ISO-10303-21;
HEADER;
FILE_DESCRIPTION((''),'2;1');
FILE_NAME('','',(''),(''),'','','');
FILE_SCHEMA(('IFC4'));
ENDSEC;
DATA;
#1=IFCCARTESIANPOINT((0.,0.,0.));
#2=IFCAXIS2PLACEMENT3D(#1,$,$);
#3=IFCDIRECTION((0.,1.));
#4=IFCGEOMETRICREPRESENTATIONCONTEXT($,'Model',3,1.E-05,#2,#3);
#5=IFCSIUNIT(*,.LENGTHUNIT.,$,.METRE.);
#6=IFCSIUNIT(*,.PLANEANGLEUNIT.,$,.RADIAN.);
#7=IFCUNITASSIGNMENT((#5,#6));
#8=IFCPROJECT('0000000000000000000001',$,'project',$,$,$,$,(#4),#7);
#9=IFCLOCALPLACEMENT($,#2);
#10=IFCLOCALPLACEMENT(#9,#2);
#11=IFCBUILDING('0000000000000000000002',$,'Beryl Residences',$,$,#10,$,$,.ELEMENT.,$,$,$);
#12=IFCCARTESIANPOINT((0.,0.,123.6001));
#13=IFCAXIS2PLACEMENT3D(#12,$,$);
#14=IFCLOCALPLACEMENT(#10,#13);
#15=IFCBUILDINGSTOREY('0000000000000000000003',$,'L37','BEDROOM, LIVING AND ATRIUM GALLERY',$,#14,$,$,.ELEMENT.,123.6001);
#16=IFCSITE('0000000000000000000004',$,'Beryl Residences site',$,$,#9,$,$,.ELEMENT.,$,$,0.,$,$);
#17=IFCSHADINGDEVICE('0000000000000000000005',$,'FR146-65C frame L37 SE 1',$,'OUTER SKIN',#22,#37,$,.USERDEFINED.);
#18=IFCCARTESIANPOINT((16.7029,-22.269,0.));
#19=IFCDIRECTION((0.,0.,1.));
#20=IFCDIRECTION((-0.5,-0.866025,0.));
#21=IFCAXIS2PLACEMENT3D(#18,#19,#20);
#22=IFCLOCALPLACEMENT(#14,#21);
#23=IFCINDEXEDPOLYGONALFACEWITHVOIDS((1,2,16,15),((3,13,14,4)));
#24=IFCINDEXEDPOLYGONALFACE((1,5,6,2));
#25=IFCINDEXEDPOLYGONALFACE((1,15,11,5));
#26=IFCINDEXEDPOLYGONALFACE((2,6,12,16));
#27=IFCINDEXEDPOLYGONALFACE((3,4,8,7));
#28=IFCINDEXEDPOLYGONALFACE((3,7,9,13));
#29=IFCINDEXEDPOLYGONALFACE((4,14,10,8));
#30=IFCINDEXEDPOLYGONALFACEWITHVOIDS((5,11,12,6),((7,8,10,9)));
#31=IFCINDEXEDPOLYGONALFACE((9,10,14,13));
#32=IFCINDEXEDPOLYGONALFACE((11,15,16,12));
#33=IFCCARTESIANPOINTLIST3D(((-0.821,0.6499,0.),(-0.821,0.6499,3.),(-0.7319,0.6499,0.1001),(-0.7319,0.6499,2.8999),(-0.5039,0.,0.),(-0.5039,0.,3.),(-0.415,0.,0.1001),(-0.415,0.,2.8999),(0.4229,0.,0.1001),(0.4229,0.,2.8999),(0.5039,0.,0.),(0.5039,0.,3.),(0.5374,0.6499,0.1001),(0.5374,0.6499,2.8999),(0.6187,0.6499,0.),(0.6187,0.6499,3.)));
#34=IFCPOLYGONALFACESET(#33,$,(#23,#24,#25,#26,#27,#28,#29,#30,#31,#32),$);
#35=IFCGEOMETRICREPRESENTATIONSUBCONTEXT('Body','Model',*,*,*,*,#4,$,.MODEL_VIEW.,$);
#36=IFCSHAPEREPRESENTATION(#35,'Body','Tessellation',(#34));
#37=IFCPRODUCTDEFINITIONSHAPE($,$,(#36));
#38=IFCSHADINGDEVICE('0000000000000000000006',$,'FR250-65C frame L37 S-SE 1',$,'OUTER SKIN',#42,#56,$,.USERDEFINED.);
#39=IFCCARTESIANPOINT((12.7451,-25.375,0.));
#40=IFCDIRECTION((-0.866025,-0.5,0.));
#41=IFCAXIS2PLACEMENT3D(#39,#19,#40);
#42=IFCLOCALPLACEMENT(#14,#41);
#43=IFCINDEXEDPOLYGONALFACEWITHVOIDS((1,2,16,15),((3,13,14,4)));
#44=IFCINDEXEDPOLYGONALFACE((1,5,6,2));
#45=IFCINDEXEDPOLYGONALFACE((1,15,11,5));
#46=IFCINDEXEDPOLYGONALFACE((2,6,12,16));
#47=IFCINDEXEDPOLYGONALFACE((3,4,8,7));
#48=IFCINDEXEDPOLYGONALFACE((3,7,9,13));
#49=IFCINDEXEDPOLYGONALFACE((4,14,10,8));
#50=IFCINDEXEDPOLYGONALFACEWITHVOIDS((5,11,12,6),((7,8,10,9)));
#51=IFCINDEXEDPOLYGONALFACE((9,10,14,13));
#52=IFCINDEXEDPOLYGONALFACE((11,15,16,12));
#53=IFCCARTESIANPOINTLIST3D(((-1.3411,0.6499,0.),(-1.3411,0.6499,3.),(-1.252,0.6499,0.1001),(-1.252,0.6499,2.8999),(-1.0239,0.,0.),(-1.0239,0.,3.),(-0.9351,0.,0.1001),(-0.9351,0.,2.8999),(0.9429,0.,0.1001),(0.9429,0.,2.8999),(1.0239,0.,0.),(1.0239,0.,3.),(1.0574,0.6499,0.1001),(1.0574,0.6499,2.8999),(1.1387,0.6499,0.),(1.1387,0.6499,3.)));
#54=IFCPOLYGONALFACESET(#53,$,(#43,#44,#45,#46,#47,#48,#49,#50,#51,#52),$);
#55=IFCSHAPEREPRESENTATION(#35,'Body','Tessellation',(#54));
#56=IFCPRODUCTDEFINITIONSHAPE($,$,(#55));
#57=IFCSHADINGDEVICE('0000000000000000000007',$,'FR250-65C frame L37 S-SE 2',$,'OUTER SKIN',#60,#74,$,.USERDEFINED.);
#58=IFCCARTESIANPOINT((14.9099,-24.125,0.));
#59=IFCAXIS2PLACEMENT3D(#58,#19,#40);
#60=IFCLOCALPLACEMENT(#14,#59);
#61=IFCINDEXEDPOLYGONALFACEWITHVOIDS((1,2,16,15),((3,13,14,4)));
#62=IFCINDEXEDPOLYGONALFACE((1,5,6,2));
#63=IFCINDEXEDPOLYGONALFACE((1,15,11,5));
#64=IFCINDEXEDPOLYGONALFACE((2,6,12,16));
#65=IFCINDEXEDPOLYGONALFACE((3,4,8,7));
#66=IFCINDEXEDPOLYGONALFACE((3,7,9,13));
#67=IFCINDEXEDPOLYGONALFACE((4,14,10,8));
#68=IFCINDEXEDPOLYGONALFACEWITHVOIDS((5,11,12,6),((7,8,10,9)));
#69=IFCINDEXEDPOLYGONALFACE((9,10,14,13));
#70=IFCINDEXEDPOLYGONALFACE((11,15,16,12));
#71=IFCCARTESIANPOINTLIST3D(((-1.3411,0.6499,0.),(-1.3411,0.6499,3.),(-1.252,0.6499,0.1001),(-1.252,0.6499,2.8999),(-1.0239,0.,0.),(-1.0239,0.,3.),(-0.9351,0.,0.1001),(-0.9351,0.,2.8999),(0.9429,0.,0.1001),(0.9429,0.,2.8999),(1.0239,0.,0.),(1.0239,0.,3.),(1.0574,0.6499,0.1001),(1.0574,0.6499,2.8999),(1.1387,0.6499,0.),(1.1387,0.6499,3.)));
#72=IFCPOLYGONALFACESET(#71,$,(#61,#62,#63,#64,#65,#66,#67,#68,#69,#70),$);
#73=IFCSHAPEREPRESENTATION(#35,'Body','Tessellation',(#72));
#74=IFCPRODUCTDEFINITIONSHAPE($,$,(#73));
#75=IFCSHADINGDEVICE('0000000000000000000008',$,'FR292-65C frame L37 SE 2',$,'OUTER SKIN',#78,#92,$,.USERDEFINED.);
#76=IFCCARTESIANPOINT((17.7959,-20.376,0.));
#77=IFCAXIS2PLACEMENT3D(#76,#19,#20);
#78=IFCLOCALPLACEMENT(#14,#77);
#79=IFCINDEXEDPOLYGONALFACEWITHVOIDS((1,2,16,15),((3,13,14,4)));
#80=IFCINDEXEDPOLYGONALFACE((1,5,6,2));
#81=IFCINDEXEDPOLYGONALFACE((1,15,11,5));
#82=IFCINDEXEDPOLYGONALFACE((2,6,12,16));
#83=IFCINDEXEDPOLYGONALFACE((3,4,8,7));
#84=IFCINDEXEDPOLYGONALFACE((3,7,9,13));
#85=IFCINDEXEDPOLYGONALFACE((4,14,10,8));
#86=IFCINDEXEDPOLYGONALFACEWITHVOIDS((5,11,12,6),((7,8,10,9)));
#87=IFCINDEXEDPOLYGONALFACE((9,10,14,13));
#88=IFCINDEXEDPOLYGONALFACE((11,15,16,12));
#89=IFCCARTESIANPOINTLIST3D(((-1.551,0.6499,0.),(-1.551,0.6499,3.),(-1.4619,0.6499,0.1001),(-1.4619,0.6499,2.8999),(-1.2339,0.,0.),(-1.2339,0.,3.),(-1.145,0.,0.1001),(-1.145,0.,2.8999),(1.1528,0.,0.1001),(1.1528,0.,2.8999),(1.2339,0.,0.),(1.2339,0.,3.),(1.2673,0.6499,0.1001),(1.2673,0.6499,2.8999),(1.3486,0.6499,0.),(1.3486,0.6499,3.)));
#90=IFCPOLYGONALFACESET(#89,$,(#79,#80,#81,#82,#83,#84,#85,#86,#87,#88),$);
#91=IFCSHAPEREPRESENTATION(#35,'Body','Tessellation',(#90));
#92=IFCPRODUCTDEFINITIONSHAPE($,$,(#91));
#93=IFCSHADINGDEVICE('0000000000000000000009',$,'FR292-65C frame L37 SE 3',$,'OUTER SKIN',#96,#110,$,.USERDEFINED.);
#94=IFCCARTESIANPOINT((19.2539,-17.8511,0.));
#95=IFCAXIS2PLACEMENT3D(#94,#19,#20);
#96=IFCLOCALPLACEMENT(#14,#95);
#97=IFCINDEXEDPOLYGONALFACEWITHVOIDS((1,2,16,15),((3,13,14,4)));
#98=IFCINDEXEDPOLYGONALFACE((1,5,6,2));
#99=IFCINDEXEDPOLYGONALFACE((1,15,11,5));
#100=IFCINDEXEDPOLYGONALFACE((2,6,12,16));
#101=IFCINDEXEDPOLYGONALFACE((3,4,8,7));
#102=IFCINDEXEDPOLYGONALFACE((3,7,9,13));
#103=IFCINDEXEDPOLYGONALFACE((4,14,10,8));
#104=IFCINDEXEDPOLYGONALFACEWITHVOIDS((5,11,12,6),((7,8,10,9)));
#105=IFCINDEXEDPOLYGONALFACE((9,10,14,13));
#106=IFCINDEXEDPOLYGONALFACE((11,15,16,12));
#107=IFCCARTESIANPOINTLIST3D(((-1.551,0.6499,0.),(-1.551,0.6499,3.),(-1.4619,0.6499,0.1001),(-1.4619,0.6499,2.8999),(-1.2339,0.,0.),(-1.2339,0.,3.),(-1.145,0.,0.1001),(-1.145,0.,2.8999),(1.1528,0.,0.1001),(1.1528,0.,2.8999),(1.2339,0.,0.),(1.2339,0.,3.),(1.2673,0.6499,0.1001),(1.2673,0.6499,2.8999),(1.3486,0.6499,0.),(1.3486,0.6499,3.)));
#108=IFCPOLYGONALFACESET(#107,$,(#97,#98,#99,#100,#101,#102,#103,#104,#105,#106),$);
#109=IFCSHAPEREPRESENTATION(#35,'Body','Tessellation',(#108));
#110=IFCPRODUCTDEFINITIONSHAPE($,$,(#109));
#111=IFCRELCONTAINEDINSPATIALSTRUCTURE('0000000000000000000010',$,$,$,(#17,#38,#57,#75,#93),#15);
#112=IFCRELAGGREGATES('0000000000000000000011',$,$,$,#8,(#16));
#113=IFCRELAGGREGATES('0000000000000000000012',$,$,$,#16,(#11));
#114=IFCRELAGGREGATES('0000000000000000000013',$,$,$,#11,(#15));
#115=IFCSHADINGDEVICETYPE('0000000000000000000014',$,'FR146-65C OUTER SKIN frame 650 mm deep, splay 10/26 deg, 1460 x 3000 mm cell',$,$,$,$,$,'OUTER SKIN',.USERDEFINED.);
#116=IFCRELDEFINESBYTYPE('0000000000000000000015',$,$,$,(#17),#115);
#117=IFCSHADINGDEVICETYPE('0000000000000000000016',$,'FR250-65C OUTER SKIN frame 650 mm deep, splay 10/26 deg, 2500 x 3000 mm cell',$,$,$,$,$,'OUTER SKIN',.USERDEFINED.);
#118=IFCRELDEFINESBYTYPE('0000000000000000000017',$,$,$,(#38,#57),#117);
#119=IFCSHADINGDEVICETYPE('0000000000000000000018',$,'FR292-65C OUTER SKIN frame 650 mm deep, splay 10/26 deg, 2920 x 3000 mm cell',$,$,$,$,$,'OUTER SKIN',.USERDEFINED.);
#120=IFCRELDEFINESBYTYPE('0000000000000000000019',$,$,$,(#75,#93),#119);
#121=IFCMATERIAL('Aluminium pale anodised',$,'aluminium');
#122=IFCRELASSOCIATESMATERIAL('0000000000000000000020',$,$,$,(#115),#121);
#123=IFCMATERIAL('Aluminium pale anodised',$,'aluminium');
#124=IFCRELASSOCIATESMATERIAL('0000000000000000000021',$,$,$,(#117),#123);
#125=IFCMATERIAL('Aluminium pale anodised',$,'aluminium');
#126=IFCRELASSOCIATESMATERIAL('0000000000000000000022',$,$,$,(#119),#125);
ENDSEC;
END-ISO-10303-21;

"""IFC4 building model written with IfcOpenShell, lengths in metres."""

from ifc_helpers import new_model, entity, si_unit, direction, frame, origin, place, context, subcontext, project, spatial, source, transform, mapped, material, type_object, type_shapes, element, save


model = new_model("IFC4")

# Units and contexts
model_context = context("Model", 3, precision=1e-05, world=origin(), true_north=direction((0.0, 1.0)))
body_context = subcontext(model_context, "Body", "Model", "MODEL_VIEW")
ifc_project = project(units=[si_unit("LENGTHUNIT", "METRE"), si_unit("PLANEANGLEUNIT", "RADIAN")], contexts=[model_context])

# Site, building, storey
site_placement = place(None, origin())
site = spatial("IfcSite", under=ifc_project, at=site_placement, Name="Beryl Residences site", CompositionType="ELEMENT", RefElevation=0.0)
building_placement = place(site_placement, origin())
building = spatial("IfcBuilding", under=site, at=building_placement, Name="Beryl Residences", CompositionType="ELEMENT")
storey_placement = place(building_placement, frame((0.0, 0.0, 123.6001)))
storey = spatial("IfcBuildingStorey", under=building, at=storey_placement, Name="L37", Description="BEDROOM, LIVING AND ATRIUM GALLERY", CompositionType="ELEMENT", Elevation=123.6001)

# Shading devices
ifc_material_1 = material(Name="Aluminium pale anodised", Category="aluminium")
shading_device_type_1 = type_object("IfcShadingDeviceType", Name="FR146-65C OUTER SKIN frame 650 mm deep, splay 10/26 deg, 1460 x 3000 mm cell", ElementType="OUTER SKIN", PredefinedType="USERDEFINED", material=ifc_material_1)
cartesian_point_1 = entity("IfcCartesianPoint", [-0.5039, 0.0])
cartesian_point_2 = entity("IfcCartesianPoint", [-0.4229, 0.1001])
cartesian_point_3 = entity("IfcCartesianPoint", [-0.6187, 0.0])
cartesian_point_4 = entity("IfcCartesianPoint", [-0.5374, 0.1001])
shared_shape_1 = source(origin(), body_context, "Body", "SweptSolid", [
    entity("IfcExtrudedAreaSolidTapered", entity("IfcArbitraryProfileDefWithVoids", "AREA", None, entity("IfcPolyline", [cartesian_point_1, entity("IfcCartesianPoint", [0.5039, 0.0]), entity("IfcCartesianPoint", [0.5039, 3.0]), entity("IfcCartesianPoint", [-0.5039, 3.0]), cartesian_point_1]), [entity("IfcPolyline", [cartesian_point_2, entity("IfcCartesianPoint", [0.415, 0.1001]), entity("IfcCartesianPoint", [0.415, 2.8999]), entity("IfcCartesianPoint", [-0.4229, 2.8999]), cartesian_point_2])]), entity("IfcAxis2Placement3D", entity("IfcCartesianPoint", [0.0, 0.0, 0.0]), entity("IfcDirection", [0.0, 1.0, 0.0]), entity("IfcDirection", [-1.0, 0.0, 0.0])), entity("IfcDirection", [0.0, 0.0, 1.0]), 0.6499, entity("IfcArbitraryProfileDefWithVoids", "AREA", None, entity("IfcPolyline", [cartesian_point_3, entity("IfcCartesianPoint", [0.821, 0.0]), entity("IfcCartesianPoint", [0.821, 3.0]), entity("IfcCartesianPoint", [-0.6187, 3.0]), cartesian_point_3]), [entity("IfcPolyline", [cartesian_point_4, entity("IfcCartesianPoint", [0.7319, 0.1001]), entity("IfcCartesianPoint", [0.7319, 2.8999]), entity("IfcCartesianPoint", [-0.5374, 2.8999]), cartesian_point_4])])),
])
type_shapes(shading_device_type_1, [shared_shape_1])
shading_device_placement = place(storey_placement, frame((16.7029, -22.269, 0.0), z_axis=(0.0, 0.0, 1.0), x_axis=(-0.5, -0.866025, 0.0)))
element("IfcShadingDevice", 1, at=shading_device_placement, inside=storey, type_object=shading_device_type_1, Name="FR146-65C frame L37 SE 1", ObjectType="OUTER SKIN", PredefinedType="USERDEFINED", context=body_context, shape_type="MappedRepresentation", body=[
    mapped(shared_shape_1, transform((0.0, 0.0, 0.0))),
])
ifc_material_2 = material(Name="Aluminium pale anodised", Category="aluminium")
shading_device_type_2 = type_object("IfcShadingDeviceType", Name="FR250-65C OUTER SKIN frame 650 mm deep, splay 10/26 deg, 2500 x 3000 mm cell", ElementType="OUTER SKIN", PredefinedType="USERDEFINED", material=ifc_material_2)
cartesian_point_5 = entity("IfcCartesianPoint", [-1.0239, 0.0])
cartesian_point_6 = entity("IfcCartesianPoint", [-0.9429, 0.1001])
cartesian_point_7 = entity("IfcCartesianPoint", [-1.1387, 0.0])
cartesian_point_8 = entity("IfcCartesianPoint", [-1.0574, 0.1001])
shared_shape_2 = source(origin(), body_context, "Body", "SweptSolid", [
    entity("IfcExtrudedAreaSolidTapered", entity("IfcArbitraryProfileDefWithVoids", "AREA", None, entity("IfcPolyline", [cartesian_point_5, entity("IfcCartesianPoint", [1.0239, 0.0]), entity("IfcCartesianPoint", [1.0239, 3.0]), entity("IfcCartesianPoint", [-1.0239, 3.0]), cartesian_point_5]), [entity("IfcPolyline", [cartesian_point_6, entity("IfcCartesianPoint", [0.9351, 0.1001]), entity("IfcCartesianPoint", [0.9351, 2.8999]), entity("IfcCartesianPoint", [-0.9429, 2.8999]), cartesian_point_6])]), entity("IfcAxis2Placement3D", entity("IfcCartesianPoint", [0.0, 0.0, 0.0]), entity("IfcDirection", [0.0, 1.0, 0.0]), entity("IfcDirection", [-1.0, 0.0, 0.0])), entity("IfcDirection", [0.0, 0.0, 1.0]), 0.6499, entity("IfcArbitraryProfileDefWithVoids", "AREA", None, entity("IfcPolyline", [cartesian_point_7, entity("IfcCartesianPoint", [1.3411, 0.0]), entity("IfcCartesianPoint", [1.3411, 3.0]), entity("IfcCartesianPoint", [-1.1387, 3.0]), cartesian_point_7]), [entity("IfcPolyline", [cartesian_point_8, entity("IfcCartesianPoint", [1.252, 0.1001]), entity("IfcCartesianPoint", [1.252, 2.8999]), entity("IfcCartesianPoint", [-1.0574, 2.8999]), cartesian_point_8])])),
])
type_shapes(shading_device_type_2, [shared_shape_2])
for number, where, z_axis, x_axis, name in (
    (2, (12.7451, -25.375, 0.0), (0.0, 0.0, 1.0), (-0.866025, -0.5, 0.0), "FR250-65C frame L37 S-SE 1"),
    (3, (14.9099, -24.125, 0.0), (0.0, 0.0, 1.0), (-0.866025, -0.5, 0.0), "FR250-65C frame L37 S-SE 2"),
):
    element("IfcShadingDevice", number, at=place(storey_placement, frame(where, z_axis=z_axis, x_axis=x_axis)), inside=storey, type_object=shading_device_type_2, Name=name, ObjectType="OUTER SKIN", PredefinedType="USERDEFINED", context=body_context, shape_type="MappedRepresentation", body=[
        mapped(shared_shape_2, transform((0.0, 0.0, 0.0))),
    ])
ifc_material_3 = material(Name="Aluminium pale anodised", Category="aluminium")
shading_device_type_3 = type_object("IfcShadingDeviceType", Name="FR292-65C OUTER SKIN frame 650 mm deep, splay 10/26 deg, 2920 x 3000 mm cell", ElementType="OUTER SKIN", PredefinedType="USERDEFINED", material=ifc_material_3)
cartesian_point_9 = entity("IfcCartesianPoint", [-1.2339, 0.0])
cartesian_point_10 = entity("IfcCartesianPoint", [-1.1528, 0.1001])
cartesian_point_11 = entity("IfcCartesianPoint", [-1.3486, 0.0])
cartesian_point_12 = entity("IfcCartesianPoint", [-1.2673, 0.1001])
shared_shape_3 = source(origin(), body_context, "Body", "SweptSolid", [
    entity("IfcExtrudedAreaSolidTapered", entity("IfcArbitraryProfileDefWithVoids", "AREA", None, entity("IfcPolyline", [cartesian_point_9, entity("IfcCartesianPoint", [1.2339, 0.0]), entity("IfcCartesianPoint", [1.2339, 3.0]), entity("IfcCartesianPoint", [-1.2339, 3.0]), cartesian_point_9]), [entity("IfcPolyline", [cartesian_point_10, entity("IfcCartesianPoint", [1.145, 0.1001]), entity("IfcCartesianPoint", [1.145, 2.8999]), entity("IfcCartesianPoint", [-1.1528, 2.8999]), cartesian_point_10])]), entity("IfcAxis2Placement3D", entity("IfcCartesianPoint", [0.0, 0.0, 0.0]), entity("IfcDirection", [0.0, 1.0, 0.0]), entity("IfcDirection", [-1.0, 0.0, 0.0])), entity("IfcDirection", [0.0, 0.0, 1.0]), 0.6499, entity("IfcArbitraryProfileDefWithVoids", "AREA", None, entity("IfcPolyline", [cartesian_point_11, entity("IfcCartesianPoint", [1.551, 0.0]), entity("IfcCartesianPoint", [1.551, 3.0]), entity("IfcCartesianPoint", [-1.3486, 3.0]), cartesian_point_11]), [entity("IfcPolyline", [cartesian_point_12, entity("IfcCartesianPoint", [1.4619, 0.1001]), entity("IfcCartesianPoint", [1.4619, 2.8999]), entity("IfcCartesianPoint", [-1.2673, 2.8999]), cartesian_point_12])])),
])
type_shapes(shading_device_type_3, [shared_shape_3])
for number, where, z_axis, x_axis, name in (
    (4, (17.7959, -20.376, 0.0), (0.0, 0.0, 1.0), (-0.5, -0.866025, 0.0), "FR292-65C frame L37 SE 2"),
    (5, (19.2539, -17.8511, 0.0), (0.0, 0.0, 1.0), (-0.5, -0.866025, 0.0), "FR292-65C frame L37 SE 3"),
):
    element("IfcShadingDevice", number, at=place(storey_placement, frame(where, z_axis=z_axis, x_axis=x_axis)), inside=storey, type_object=shading_device_type_3, Name=name, ObjectType="OUTER SKIN", PredefinedType="USERDEFINED", context=body_context, shape_type="MappedRepresentation", body=[
        mapped(shared_shape_3, transform((0.0, 0.0, 0.0))),
    ])

save(model, "model.ifc")
